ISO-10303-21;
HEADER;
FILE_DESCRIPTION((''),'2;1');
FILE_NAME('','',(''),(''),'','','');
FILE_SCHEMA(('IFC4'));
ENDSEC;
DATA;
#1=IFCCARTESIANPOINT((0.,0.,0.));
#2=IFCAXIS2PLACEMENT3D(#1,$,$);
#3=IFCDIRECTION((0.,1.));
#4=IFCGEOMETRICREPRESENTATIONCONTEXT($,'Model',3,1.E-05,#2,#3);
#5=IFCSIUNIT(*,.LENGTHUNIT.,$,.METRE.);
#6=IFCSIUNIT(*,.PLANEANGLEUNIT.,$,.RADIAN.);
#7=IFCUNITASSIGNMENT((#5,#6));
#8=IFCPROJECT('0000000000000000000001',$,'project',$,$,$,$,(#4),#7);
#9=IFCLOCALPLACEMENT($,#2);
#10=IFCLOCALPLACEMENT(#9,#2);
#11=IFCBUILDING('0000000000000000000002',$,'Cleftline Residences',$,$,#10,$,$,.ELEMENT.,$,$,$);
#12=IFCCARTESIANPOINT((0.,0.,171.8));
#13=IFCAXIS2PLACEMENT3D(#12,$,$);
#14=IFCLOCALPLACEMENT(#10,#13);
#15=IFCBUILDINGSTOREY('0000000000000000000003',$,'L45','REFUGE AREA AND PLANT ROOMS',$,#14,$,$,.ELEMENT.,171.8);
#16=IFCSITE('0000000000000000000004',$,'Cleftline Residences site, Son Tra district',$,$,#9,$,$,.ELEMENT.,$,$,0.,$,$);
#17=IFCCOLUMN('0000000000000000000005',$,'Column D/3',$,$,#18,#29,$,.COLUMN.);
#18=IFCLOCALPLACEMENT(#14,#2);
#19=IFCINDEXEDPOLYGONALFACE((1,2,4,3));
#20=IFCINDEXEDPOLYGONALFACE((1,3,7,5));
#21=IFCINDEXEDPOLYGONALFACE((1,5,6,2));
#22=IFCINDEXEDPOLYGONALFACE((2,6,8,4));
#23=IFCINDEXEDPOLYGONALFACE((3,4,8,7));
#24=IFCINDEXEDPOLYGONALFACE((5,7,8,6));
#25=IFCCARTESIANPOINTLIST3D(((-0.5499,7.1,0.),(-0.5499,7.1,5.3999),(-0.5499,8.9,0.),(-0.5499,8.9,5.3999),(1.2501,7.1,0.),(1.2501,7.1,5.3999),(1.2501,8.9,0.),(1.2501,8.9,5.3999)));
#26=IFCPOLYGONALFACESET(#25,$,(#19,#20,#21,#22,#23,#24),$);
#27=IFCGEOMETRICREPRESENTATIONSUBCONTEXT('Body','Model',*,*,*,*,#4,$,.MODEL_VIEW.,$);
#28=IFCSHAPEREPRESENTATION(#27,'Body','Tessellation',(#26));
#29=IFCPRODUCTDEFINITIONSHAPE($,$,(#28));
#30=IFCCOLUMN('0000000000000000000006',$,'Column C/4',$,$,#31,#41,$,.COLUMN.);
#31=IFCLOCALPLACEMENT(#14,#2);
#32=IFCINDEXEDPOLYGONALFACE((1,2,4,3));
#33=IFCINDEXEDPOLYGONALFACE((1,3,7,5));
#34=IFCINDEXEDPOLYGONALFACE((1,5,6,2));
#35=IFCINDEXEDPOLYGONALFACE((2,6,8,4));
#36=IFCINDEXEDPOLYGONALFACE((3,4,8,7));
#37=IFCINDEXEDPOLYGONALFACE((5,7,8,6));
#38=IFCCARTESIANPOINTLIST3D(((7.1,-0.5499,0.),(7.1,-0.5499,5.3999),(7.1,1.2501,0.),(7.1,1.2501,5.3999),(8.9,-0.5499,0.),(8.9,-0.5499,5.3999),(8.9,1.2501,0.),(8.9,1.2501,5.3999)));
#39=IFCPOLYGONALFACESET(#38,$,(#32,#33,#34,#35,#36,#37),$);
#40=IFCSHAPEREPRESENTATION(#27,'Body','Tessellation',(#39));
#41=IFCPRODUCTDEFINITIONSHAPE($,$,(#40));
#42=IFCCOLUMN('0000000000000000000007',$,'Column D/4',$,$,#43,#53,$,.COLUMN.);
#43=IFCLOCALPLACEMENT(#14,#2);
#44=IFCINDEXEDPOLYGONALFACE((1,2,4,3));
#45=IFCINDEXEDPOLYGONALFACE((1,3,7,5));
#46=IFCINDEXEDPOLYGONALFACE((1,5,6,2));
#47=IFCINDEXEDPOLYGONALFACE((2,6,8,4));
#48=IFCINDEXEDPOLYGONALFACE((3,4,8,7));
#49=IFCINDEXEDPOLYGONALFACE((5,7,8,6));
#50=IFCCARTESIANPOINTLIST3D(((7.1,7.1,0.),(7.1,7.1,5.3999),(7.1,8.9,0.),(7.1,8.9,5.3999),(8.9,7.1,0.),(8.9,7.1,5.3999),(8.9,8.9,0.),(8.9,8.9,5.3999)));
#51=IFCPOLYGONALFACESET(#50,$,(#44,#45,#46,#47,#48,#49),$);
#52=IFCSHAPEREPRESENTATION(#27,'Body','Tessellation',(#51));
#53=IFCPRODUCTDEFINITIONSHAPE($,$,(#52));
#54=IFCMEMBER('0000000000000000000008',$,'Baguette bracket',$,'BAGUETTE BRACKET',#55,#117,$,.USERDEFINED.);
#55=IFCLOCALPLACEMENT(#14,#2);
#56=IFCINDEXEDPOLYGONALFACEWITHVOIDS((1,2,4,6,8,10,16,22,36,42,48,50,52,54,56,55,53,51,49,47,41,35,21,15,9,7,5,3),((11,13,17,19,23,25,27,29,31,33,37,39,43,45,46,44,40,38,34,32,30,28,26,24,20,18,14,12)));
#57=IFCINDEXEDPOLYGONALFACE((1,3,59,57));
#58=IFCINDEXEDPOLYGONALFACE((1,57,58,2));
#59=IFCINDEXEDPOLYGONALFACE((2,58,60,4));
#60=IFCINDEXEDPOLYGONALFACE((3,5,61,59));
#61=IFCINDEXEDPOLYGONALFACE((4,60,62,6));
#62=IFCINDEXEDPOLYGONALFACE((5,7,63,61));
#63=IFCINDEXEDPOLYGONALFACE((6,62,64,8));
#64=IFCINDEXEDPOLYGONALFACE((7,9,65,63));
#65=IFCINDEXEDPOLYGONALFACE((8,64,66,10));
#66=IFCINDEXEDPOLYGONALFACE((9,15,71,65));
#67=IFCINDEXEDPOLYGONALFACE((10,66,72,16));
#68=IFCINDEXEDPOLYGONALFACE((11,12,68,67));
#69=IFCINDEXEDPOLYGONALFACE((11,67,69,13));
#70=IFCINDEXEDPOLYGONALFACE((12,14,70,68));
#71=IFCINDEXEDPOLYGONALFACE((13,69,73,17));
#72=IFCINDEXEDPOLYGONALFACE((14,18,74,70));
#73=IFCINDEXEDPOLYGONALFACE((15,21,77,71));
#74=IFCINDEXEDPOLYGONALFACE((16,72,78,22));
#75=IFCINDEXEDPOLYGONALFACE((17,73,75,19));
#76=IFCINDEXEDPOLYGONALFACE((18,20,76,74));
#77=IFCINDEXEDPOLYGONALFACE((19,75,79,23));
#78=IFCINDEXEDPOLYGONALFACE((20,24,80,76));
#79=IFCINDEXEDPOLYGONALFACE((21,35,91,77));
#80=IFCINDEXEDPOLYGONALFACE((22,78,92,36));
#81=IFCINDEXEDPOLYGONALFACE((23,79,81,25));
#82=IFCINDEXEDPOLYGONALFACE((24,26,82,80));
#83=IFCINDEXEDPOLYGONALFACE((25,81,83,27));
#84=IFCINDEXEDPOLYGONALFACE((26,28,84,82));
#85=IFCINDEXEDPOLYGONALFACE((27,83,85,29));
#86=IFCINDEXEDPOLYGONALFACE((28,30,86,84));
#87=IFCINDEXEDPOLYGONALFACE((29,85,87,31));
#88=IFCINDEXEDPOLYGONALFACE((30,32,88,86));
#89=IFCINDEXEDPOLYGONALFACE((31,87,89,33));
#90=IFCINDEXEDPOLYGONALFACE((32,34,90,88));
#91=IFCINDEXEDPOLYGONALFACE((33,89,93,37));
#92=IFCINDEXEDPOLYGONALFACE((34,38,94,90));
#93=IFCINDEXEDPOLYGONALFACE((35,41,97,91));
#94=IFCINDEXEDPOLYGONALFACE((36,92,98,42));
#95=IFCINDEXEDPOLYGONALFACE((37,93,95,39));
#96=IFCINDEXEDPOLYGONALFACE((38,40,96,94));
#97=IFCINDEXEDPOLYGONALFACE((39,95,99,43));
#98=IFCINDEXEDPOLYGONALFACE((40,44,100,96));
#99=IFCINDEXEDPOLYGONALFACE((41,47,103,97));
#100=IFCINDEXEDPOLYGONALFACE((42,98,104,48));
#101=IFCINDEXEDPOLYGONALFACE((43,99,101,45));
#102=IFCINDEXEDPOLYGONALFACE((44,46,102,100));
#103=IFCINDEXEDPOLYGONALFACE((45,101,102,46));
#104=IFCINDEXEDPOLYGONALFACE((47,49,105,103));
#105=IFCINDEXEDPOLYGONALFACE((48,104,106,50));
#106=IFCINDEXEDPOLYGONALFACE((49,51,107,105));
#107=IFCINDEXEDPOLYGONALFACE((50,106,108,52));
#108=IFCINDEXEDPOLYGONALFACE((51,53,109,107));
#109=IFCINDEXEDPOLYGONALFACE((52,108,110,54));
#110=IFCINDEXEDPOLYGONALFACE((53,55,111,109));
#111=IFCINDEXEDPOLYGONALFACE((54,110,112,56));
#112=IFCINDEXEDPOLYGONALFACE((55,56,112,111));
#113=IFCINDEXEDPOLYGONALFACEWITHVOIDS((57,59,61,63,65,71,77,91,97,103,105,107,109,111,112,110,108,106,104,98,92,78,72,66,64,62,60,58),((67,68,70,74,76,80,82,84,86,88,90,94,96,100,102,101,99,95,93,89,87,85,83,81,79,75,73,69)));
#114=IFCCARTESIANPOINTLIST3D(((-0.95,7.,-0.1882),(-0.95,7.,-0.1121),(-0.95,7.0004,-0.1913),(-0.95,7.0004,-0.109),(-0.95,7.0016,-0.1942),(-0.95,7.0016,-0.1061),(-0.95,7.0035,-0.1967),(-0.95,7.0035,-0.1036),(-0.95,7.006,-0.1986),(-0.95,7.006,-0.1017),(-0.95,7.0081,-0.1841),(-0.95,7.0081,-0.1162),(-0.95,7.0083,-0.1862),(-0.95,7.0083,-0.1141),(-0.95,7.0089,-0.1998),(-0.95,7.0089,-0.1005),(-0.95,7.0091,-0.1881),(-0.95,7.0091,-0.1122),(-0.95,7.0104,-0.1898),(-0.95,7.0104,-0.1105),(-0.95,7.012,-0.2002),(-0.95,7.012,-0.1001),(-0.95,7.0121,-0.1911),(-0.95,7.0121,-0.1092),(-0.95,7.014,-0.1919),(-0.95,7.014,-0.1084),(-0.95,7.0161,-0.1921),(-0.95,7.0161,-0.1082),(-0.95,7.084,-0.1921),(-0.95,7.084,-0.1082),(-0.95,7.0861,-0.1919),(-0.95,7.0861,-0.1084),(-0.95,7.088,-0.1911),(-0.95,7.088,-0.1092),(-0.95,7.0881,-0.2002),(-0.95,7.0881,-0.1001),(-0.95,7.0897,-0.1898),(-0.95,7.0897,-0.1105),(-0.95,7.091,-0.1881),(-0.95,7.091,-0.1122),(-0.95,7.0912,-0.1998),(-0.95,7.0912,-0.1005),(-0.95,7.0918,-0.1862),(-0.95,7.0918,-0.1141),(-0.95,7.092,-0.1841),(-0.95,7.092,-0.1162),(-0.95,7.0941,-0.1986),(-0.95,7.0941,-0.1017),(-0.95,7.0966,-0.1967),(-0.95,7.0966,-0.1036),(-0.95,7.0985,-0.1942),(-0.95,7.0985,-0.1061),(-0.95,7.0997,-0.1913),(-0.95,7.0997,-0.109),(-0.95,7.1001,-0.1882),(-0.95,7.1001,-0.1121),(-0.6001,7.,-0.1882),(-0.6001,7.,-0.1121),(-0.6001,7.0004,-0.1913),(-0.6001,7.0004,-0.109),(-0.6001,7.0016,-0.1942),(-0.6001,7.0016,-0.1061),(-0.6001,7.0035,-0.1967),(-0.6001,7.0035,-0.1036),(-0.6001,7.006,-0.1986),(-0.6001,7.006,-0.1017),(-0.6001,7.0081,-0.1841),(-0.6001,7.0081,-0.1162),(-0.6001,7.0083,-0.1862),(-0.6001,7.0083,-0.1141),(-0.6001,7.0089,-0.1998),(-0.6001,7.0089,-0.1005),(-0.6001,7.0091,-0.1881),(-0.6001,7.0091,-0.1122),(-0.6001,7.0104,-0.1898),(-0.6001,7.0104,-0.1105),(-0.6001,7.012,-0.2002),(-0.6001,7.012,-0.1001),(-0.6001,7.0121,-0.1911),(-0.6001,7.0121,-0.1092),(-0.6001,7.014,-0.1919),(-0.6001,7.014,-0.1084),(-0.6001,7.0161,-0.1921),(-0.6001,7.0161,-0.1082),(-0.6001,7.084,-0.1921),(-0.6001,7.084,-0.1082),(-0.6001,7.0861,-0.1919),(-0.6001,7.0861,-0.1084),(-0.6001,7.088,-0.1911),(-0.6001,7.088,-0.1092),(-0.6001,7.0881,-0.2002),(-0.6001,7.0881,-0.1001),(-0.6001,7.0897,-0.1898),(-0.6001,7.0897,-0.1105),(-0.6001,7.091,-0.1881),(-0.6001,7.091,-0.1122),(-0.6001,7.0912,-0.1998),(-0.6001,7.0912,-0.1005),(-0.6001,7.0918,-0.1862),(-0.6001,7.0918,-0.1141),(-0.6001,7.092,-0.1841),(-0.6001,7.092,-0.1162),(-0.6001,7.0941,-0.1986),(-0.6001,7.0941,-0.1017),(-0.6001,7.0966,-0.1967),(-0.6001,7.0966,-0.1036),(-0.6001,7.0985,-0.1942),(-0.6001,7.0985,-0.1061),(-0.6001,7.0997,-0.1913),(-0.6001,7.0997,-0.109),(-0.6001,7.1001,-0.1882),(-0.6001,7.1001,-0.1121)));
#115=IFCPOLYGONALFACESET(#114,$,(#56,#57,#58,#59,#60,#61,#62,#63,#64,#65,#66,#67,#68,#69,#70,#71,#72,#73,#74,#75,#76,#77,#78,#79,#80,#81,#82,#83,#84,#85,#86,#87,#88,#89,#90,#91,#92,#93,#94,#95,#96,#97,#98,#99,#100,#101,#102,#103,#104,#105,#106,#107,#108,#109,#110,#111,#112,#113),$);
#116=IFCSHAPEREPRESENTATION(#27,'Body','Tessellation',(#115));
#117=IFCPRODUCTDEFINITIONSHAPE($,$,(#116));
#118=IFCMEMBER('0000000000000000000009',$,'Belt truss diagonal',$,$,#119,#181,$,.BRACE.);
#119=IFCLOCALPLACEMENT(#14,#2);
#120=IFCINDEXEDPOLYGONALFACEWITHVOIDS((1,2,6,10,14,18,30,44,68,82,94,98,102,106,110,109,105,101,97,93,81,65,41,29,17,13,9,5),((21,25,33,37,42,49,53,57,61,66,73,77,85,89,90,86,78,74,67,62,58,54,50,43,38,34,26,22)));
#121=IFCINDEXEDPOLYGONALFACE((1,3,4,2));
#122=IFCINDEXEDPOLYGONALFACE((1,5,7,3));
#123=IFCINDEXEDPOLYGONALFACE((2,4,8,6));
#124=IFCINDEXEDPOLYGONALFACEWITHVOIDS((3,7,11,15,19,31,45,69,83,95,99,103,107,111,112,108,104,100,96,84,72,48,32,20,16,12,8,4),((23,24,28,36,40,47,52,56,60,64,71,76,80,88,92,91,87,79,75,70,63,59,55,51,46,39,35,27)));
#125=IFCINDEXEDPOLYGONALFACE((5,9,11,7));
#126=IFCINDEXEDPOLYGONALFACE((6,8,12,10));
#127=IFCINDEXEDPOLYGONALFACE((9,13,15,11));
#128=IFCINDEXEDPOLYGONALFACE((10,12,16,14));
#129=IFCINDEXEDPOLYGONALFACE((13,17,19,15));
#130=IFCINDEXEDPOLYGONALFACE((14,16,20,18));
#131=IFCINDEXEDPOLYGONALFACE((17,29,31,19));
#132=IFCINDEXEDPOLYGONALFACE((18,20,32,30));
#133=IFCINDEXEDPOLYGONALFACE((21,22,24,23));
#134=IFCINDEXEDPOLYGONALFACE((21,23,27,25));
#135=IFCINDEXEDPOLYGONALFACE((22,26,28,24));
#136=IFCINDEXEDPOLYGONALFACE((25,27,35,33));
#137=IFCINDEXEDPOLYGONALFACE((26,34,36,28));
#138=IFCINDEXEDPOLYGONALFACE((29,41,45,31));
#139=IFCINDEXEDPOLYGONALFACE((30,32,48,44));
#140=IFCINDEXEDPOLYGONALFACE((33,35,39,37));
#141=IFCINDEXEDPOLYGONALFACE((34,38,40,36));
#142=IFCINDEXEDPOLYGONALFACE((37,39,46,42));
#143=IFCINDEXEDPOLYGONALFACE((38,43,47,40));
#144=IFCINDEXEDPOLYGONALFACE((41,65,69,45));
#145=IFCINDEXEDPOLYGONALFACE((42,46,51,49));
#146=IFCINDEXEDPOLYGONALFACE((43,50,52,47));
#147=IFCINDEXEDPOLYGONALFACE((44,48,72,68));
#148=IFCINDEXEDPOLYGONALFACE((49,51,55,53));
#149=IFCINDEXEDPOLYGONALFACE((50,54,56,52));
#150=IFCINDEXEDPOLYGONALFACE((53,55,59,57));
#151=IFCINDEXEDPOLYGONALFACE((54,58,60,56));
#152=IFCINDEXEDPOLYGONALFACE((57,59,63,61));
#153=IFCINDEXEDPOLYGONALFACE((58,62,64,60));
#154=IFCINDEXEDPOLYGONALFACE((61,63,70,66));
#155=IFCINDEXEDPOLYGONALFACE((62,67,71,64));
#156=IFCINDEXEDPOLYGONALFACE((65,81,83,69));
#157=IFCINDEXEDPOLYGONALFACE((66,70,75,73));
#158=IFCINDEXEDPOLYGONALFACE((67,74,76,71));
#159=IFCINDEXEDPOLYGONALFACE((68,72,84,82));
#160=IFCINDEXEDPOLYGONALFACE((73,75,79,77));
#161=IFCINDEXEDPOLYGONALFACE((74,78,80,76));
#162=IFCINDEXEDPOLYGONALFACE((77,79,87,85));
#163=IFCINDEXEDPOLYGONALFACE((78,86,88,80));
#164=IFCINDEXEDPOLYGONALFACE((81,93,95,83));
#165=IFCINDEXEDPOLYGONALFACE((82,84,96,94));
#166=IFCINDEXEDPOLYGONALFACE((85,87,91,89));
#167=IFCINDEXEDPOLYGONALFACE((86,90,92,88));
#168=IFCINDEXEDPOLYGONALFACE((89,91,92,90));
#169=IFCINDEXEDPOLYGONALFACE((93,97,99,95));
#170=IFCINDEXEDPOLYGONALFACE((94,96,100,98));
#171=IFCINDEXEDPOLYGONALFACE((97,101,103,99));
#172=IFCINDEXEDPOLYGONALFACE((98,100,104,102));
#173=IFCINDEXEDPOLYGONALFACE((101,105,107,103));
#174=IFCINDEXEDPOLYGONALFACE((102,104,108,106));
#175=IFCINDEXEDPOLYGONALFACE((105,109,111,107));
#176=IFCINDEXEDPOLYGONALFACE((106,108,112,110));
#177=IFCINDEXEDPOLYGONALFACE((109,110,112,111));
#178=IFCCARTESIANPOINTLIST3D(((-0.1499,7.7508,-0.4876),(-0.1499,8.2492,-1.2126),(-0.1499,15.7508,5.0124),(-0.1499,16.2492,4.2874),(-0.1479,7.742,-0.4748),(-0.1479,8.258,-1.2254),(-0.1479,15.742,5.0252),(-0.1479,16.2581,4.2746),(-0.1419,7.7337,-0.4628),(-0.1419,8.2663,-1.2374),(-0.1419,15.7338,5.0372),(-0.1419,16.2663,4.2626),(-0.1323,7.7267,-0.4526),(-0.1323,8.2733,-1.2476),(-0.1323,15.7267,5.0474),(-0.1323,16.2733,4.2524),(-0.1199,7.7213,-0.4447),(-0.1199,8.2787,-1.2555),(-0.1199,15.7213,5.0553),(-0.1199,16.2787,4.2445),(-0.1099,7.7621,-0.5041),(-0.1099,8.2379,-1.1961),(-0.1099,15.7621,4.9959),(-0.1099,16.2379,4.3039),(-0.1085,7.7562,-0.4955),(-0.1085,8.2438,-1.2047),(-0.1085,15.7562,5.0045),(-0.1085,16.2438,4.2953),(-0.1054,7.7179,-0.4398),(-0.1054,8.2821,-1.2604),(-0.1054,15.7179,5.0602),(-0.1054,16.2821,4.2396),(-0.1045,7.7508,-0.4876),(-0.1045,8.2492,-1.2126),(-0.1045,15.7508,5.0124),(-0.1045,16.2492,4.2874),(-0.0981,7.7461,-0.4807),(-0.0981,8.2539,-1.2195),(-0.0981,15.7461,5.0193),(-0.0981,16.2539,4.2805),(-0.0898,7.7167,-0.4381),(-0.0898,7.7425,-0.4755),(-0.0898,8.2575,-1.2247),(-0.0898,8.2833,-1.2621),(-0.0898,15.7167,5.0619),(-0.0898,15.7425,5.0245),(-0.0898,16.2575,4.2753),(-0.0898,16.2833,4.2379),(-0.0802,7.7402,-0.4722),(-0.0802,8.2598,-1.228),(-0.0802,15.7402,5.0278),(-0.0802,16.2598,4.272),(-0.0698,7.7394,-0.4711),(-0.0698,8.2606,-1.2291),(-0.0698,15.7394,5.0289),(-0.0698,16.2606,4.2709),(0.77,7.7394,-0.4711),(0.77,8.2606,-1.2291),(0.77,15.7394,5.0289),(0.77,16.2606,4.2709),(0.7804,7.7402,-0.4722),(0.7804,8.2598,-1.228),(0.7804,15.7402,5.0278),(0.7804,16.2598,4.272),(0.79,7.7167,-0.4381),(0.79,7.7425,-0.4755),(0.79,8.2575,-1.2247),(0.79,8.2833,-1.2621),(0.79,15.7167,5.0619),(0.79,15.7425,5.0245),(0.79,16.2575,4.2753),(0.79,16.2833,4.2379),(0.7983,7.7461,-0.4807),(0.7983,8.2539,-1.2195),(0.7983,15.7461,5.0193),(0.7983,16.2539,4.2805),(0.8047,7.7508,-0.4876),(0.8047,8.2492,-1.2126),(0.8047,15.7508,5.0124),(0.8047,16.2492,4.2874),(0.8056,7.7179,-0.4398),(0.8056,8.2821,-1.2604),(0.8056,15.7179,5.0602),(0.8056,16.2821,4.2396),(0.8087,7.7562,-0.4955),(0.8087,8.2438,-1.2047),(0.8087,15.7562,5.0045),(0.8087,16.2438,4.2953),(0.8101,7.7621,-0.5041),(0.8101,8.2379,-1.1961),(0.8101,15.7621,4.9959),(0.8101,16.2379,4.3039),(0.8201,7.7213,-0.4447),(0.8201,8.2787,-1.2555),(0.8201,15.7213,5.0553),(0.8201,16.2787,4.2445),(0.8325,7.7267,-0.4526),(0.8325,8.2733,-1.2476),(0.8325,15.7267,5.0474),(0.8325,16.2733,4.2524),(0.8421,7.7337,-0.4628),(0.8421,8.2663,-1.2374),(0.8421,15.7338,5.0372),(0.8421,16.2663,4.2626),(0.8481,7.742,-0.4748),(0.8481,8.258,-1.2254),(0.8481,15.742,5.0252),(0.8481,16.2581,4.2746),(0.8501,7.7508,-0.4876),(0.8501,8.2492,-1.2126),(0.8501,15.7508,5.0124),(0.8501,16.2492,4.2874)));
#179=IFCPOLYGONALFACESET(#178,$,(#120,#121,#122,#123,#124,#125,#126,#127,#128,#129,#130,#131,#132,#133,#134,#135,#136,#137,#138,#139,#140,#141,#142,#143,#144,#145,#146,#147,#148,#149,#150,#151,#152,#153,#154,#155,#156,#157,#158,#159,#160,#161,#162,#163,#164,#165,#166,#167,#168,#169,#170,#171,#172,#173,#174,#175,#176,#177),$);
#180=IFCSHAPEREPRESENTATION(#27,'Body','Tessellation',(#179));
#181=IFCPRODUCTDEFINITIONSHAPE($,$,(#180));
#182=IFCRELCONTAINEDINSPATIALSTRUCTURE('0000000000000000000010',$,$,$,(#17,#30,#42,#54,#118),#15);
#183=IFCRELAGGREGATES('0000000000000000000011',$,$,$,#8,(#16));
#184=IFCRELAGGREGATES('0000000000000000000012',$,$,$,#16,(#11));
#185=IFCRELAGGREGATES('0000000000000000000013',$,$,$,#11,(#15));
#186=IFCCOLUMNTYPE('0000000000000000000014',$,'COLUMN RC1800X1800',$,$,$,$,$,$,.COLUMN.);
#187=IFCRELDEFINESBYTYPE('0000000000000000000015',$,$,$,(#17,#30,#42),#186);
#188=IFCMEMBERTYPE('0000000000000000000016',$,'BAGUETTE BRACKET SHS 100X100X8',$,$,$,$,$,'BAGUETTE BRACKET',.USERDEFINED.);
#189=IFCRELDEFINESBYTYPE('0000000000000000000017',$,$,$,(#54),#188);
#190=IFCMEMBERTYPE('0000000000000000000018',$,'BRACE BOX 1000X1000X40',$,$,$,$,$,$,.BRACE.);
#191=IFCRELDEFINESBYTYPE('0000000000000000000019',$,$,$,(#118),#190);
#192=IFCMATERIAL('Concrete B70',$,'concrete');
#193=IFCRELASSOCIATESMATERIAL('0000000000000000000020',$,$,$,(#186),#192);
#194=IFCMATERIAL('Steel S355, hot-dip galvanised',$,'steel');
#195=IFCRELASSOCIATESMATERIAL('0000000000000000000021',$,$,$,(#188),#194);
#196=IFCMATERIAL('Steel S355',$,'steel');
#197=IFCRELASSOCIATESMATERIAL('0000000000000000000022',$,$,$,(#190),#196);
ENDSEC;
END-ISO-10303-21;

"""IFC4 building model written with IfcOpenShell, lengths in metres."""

from ifc_helpers import new_model, si_unit, direction, frame, origin, origin_2d, place, context, subcontext, project, spatial, rectangle, hollow_rectangle, extrude, material, material_profile, profile_set, type_object, element, save


model = new_model("IFC4")

# Units and contexts
model_context = context("Model", 3, precision=1e-05, world=origin(), true_north=direction((0.0, 1.0)))
body_context = subcontext(model_context, "Body", "Model", "MODEL_VIEW")
ifc_project = project(units=[si_unit("LENGTHUNIT", "METRE"), si_unit("PLANEANGLEUNIT", "RADIAN")], contexts=[model_context])

# Site, building, storey
site_placement = place(None, origin())
site = spatial("IfcSite", under=ifc_project, at=site_placement, Name="Cleftline Residences site, Son Tra district", CompositionType="ELEMENT", RefElevation=0.0)
building_placement = place(site_placement, origin())
building = spatial("IfcBuilding", under=site, at=building_placement, Name="Cleftline Residences", CompositionType="ELEMENT")
storey_placement = place(building_placement, frame((0.0, 0.0, 171.8)))
storey = spatial("IfcBuildingStorey", under=building, at=storey_placement, Name="L45", Description="REFUGE AREA AND PLANT ROOMS", CompositionType="ELEMENT", Elevation=171.8)

# Columns
ifc_material_1 = material(Name="Concrete B70", Category="concrete")
ifc_material_profile_1 = material_profile(ifc_material_1, rectangle(XDim=1.8, YDim=1.8, at=origin_2d()))
ifc_profile_set_1 = profile_set([ifc_material_profile_1], Name="Concrete B70")
column_type = type_object("IfcColumnType", Name="COLUMN RC1800X1800", PredefinedType="COLUMN", material=ifc_profile_set_1)
for number, where, z_axis, x_axis, name in (
    (1, (0.3501, 8.0, 0.0), (0.0, 0.0, 1.0), (1.0, 0.0, 0.0), "Column D/3"),
    (2, (8.0, 0.3501, 0.0), (0.0, 0.0, 1.0), (1.0, 0.0, 0.0), "Column C/4"),
    (3, (8.0, 8.0, 0.0), (0.0, 0.0, 1.0), (1.0, 0.0, 0.0), "Column D/4"),
):
    element("IfcColumn", number, at=place(storey_placement, frame(where, z_axis=z_axis, x_axis=x_axis)), inside=storey, type_object=column_type, Name=name, PredefinedType="COLUMN", context=body_context, shape_type="SweptSolid", body=[
        extrude(rectangle(XDim=1.8, YDim=1.8, at=origin_2d()), origin(), (0.0, 0.0, 1.0), 5.3999),
    ])

# Members
ifc_material_2 = material(Name="Steel S355, hot-dip galvanised", Category="steel")
ifc_material_profile_2 = material_profile(ifc_material_2, hollow_rectangle(XDim=0.1001, YDim=0.1001, WallThickness=0.0081, InnerFilletRadius=0.0081, OuterFilletRadius=0.012, at=origin_2d()))
ifc_profile_set_2 = profile_set([ifc_material_profile_2], Name="Steel S355, hot-dip galvanised")
member_type_1 = type_object("IfcMemberType", Name="BAGUETTE BRACKET SHS 100X100X8", ElementType="BAGUETTE BRACKET", PredefinedType="USERDEFINED", material=ifc_profile_set_2)
member_1_placement = place(storey_placement, frame((-0.6001, 7.05, -0.1501), z_axis=(-1.0, 0.0, 0.0), x_axis=(0.0, -1.0, 0.0)))
element("IfcMember", 4, at=member_1_placement, inside=storey, type_object=member_type_1, Name="Baguette bracket", ObjectType="BAGUETTE BRACKET", PredefinedType="USERDEFINED", context=body_context, shape_type="SweptSolid", body=[
    extrude(hollow_rectangle(XDim=0.1001, YDim=0.1001, WallThickness=0.0081, InnerFilletRadius=0.0081, OuterFilletRadius=0.012, at=origin_2d()), origin(), (0.0, 0.0, 1.0), 0.3499),
])
ifc_material_3 = material(Name="Steel S355", Category="steel")
ifc_material_profile_3 = material_profile(ifc_material_3, hollow_rectangle(XDim=1.0, YDim=1.0, WallThickness=0.04, InnerFilletRadius=0.04, OuterFilletRadius=0.0601, at=origin_2d()))
ifc_profile_set_3 = profile_set([ifc_material_profile_3], Name="Steel S355")
member_type_2 = type_object("IfcMemberType", Name="BRACE BOX 1000X1000X40", PredefinedType="BRACE", material=ifc_profile_set_3)
member_2_placement = place(storey_placement, frame((0.3501, 8.0, -0.8501), z_axis=(0.0, 0.824042, 0.566529), x_axis=(0.0, -0.566529, 0.824042)))
element("IfcMember", 5, at=member_2_placement, inside=storey, type_object=member_type_2, Name="Belt truss diagonal", PredefinedType="BRACE", context=body_context, shape_type="SweptSolid", body=[
    extrude(hollow_rectangle(XDim=1.0, YDim=1.0, WallThickness=0.04, InnerFilletRadius=0.04, OuterFilletRadius=0.0601, at=origin_2d()), origin(), (0.0, 0.0, 1.0), 9.7083),
])

save(model, "model.ifc")
